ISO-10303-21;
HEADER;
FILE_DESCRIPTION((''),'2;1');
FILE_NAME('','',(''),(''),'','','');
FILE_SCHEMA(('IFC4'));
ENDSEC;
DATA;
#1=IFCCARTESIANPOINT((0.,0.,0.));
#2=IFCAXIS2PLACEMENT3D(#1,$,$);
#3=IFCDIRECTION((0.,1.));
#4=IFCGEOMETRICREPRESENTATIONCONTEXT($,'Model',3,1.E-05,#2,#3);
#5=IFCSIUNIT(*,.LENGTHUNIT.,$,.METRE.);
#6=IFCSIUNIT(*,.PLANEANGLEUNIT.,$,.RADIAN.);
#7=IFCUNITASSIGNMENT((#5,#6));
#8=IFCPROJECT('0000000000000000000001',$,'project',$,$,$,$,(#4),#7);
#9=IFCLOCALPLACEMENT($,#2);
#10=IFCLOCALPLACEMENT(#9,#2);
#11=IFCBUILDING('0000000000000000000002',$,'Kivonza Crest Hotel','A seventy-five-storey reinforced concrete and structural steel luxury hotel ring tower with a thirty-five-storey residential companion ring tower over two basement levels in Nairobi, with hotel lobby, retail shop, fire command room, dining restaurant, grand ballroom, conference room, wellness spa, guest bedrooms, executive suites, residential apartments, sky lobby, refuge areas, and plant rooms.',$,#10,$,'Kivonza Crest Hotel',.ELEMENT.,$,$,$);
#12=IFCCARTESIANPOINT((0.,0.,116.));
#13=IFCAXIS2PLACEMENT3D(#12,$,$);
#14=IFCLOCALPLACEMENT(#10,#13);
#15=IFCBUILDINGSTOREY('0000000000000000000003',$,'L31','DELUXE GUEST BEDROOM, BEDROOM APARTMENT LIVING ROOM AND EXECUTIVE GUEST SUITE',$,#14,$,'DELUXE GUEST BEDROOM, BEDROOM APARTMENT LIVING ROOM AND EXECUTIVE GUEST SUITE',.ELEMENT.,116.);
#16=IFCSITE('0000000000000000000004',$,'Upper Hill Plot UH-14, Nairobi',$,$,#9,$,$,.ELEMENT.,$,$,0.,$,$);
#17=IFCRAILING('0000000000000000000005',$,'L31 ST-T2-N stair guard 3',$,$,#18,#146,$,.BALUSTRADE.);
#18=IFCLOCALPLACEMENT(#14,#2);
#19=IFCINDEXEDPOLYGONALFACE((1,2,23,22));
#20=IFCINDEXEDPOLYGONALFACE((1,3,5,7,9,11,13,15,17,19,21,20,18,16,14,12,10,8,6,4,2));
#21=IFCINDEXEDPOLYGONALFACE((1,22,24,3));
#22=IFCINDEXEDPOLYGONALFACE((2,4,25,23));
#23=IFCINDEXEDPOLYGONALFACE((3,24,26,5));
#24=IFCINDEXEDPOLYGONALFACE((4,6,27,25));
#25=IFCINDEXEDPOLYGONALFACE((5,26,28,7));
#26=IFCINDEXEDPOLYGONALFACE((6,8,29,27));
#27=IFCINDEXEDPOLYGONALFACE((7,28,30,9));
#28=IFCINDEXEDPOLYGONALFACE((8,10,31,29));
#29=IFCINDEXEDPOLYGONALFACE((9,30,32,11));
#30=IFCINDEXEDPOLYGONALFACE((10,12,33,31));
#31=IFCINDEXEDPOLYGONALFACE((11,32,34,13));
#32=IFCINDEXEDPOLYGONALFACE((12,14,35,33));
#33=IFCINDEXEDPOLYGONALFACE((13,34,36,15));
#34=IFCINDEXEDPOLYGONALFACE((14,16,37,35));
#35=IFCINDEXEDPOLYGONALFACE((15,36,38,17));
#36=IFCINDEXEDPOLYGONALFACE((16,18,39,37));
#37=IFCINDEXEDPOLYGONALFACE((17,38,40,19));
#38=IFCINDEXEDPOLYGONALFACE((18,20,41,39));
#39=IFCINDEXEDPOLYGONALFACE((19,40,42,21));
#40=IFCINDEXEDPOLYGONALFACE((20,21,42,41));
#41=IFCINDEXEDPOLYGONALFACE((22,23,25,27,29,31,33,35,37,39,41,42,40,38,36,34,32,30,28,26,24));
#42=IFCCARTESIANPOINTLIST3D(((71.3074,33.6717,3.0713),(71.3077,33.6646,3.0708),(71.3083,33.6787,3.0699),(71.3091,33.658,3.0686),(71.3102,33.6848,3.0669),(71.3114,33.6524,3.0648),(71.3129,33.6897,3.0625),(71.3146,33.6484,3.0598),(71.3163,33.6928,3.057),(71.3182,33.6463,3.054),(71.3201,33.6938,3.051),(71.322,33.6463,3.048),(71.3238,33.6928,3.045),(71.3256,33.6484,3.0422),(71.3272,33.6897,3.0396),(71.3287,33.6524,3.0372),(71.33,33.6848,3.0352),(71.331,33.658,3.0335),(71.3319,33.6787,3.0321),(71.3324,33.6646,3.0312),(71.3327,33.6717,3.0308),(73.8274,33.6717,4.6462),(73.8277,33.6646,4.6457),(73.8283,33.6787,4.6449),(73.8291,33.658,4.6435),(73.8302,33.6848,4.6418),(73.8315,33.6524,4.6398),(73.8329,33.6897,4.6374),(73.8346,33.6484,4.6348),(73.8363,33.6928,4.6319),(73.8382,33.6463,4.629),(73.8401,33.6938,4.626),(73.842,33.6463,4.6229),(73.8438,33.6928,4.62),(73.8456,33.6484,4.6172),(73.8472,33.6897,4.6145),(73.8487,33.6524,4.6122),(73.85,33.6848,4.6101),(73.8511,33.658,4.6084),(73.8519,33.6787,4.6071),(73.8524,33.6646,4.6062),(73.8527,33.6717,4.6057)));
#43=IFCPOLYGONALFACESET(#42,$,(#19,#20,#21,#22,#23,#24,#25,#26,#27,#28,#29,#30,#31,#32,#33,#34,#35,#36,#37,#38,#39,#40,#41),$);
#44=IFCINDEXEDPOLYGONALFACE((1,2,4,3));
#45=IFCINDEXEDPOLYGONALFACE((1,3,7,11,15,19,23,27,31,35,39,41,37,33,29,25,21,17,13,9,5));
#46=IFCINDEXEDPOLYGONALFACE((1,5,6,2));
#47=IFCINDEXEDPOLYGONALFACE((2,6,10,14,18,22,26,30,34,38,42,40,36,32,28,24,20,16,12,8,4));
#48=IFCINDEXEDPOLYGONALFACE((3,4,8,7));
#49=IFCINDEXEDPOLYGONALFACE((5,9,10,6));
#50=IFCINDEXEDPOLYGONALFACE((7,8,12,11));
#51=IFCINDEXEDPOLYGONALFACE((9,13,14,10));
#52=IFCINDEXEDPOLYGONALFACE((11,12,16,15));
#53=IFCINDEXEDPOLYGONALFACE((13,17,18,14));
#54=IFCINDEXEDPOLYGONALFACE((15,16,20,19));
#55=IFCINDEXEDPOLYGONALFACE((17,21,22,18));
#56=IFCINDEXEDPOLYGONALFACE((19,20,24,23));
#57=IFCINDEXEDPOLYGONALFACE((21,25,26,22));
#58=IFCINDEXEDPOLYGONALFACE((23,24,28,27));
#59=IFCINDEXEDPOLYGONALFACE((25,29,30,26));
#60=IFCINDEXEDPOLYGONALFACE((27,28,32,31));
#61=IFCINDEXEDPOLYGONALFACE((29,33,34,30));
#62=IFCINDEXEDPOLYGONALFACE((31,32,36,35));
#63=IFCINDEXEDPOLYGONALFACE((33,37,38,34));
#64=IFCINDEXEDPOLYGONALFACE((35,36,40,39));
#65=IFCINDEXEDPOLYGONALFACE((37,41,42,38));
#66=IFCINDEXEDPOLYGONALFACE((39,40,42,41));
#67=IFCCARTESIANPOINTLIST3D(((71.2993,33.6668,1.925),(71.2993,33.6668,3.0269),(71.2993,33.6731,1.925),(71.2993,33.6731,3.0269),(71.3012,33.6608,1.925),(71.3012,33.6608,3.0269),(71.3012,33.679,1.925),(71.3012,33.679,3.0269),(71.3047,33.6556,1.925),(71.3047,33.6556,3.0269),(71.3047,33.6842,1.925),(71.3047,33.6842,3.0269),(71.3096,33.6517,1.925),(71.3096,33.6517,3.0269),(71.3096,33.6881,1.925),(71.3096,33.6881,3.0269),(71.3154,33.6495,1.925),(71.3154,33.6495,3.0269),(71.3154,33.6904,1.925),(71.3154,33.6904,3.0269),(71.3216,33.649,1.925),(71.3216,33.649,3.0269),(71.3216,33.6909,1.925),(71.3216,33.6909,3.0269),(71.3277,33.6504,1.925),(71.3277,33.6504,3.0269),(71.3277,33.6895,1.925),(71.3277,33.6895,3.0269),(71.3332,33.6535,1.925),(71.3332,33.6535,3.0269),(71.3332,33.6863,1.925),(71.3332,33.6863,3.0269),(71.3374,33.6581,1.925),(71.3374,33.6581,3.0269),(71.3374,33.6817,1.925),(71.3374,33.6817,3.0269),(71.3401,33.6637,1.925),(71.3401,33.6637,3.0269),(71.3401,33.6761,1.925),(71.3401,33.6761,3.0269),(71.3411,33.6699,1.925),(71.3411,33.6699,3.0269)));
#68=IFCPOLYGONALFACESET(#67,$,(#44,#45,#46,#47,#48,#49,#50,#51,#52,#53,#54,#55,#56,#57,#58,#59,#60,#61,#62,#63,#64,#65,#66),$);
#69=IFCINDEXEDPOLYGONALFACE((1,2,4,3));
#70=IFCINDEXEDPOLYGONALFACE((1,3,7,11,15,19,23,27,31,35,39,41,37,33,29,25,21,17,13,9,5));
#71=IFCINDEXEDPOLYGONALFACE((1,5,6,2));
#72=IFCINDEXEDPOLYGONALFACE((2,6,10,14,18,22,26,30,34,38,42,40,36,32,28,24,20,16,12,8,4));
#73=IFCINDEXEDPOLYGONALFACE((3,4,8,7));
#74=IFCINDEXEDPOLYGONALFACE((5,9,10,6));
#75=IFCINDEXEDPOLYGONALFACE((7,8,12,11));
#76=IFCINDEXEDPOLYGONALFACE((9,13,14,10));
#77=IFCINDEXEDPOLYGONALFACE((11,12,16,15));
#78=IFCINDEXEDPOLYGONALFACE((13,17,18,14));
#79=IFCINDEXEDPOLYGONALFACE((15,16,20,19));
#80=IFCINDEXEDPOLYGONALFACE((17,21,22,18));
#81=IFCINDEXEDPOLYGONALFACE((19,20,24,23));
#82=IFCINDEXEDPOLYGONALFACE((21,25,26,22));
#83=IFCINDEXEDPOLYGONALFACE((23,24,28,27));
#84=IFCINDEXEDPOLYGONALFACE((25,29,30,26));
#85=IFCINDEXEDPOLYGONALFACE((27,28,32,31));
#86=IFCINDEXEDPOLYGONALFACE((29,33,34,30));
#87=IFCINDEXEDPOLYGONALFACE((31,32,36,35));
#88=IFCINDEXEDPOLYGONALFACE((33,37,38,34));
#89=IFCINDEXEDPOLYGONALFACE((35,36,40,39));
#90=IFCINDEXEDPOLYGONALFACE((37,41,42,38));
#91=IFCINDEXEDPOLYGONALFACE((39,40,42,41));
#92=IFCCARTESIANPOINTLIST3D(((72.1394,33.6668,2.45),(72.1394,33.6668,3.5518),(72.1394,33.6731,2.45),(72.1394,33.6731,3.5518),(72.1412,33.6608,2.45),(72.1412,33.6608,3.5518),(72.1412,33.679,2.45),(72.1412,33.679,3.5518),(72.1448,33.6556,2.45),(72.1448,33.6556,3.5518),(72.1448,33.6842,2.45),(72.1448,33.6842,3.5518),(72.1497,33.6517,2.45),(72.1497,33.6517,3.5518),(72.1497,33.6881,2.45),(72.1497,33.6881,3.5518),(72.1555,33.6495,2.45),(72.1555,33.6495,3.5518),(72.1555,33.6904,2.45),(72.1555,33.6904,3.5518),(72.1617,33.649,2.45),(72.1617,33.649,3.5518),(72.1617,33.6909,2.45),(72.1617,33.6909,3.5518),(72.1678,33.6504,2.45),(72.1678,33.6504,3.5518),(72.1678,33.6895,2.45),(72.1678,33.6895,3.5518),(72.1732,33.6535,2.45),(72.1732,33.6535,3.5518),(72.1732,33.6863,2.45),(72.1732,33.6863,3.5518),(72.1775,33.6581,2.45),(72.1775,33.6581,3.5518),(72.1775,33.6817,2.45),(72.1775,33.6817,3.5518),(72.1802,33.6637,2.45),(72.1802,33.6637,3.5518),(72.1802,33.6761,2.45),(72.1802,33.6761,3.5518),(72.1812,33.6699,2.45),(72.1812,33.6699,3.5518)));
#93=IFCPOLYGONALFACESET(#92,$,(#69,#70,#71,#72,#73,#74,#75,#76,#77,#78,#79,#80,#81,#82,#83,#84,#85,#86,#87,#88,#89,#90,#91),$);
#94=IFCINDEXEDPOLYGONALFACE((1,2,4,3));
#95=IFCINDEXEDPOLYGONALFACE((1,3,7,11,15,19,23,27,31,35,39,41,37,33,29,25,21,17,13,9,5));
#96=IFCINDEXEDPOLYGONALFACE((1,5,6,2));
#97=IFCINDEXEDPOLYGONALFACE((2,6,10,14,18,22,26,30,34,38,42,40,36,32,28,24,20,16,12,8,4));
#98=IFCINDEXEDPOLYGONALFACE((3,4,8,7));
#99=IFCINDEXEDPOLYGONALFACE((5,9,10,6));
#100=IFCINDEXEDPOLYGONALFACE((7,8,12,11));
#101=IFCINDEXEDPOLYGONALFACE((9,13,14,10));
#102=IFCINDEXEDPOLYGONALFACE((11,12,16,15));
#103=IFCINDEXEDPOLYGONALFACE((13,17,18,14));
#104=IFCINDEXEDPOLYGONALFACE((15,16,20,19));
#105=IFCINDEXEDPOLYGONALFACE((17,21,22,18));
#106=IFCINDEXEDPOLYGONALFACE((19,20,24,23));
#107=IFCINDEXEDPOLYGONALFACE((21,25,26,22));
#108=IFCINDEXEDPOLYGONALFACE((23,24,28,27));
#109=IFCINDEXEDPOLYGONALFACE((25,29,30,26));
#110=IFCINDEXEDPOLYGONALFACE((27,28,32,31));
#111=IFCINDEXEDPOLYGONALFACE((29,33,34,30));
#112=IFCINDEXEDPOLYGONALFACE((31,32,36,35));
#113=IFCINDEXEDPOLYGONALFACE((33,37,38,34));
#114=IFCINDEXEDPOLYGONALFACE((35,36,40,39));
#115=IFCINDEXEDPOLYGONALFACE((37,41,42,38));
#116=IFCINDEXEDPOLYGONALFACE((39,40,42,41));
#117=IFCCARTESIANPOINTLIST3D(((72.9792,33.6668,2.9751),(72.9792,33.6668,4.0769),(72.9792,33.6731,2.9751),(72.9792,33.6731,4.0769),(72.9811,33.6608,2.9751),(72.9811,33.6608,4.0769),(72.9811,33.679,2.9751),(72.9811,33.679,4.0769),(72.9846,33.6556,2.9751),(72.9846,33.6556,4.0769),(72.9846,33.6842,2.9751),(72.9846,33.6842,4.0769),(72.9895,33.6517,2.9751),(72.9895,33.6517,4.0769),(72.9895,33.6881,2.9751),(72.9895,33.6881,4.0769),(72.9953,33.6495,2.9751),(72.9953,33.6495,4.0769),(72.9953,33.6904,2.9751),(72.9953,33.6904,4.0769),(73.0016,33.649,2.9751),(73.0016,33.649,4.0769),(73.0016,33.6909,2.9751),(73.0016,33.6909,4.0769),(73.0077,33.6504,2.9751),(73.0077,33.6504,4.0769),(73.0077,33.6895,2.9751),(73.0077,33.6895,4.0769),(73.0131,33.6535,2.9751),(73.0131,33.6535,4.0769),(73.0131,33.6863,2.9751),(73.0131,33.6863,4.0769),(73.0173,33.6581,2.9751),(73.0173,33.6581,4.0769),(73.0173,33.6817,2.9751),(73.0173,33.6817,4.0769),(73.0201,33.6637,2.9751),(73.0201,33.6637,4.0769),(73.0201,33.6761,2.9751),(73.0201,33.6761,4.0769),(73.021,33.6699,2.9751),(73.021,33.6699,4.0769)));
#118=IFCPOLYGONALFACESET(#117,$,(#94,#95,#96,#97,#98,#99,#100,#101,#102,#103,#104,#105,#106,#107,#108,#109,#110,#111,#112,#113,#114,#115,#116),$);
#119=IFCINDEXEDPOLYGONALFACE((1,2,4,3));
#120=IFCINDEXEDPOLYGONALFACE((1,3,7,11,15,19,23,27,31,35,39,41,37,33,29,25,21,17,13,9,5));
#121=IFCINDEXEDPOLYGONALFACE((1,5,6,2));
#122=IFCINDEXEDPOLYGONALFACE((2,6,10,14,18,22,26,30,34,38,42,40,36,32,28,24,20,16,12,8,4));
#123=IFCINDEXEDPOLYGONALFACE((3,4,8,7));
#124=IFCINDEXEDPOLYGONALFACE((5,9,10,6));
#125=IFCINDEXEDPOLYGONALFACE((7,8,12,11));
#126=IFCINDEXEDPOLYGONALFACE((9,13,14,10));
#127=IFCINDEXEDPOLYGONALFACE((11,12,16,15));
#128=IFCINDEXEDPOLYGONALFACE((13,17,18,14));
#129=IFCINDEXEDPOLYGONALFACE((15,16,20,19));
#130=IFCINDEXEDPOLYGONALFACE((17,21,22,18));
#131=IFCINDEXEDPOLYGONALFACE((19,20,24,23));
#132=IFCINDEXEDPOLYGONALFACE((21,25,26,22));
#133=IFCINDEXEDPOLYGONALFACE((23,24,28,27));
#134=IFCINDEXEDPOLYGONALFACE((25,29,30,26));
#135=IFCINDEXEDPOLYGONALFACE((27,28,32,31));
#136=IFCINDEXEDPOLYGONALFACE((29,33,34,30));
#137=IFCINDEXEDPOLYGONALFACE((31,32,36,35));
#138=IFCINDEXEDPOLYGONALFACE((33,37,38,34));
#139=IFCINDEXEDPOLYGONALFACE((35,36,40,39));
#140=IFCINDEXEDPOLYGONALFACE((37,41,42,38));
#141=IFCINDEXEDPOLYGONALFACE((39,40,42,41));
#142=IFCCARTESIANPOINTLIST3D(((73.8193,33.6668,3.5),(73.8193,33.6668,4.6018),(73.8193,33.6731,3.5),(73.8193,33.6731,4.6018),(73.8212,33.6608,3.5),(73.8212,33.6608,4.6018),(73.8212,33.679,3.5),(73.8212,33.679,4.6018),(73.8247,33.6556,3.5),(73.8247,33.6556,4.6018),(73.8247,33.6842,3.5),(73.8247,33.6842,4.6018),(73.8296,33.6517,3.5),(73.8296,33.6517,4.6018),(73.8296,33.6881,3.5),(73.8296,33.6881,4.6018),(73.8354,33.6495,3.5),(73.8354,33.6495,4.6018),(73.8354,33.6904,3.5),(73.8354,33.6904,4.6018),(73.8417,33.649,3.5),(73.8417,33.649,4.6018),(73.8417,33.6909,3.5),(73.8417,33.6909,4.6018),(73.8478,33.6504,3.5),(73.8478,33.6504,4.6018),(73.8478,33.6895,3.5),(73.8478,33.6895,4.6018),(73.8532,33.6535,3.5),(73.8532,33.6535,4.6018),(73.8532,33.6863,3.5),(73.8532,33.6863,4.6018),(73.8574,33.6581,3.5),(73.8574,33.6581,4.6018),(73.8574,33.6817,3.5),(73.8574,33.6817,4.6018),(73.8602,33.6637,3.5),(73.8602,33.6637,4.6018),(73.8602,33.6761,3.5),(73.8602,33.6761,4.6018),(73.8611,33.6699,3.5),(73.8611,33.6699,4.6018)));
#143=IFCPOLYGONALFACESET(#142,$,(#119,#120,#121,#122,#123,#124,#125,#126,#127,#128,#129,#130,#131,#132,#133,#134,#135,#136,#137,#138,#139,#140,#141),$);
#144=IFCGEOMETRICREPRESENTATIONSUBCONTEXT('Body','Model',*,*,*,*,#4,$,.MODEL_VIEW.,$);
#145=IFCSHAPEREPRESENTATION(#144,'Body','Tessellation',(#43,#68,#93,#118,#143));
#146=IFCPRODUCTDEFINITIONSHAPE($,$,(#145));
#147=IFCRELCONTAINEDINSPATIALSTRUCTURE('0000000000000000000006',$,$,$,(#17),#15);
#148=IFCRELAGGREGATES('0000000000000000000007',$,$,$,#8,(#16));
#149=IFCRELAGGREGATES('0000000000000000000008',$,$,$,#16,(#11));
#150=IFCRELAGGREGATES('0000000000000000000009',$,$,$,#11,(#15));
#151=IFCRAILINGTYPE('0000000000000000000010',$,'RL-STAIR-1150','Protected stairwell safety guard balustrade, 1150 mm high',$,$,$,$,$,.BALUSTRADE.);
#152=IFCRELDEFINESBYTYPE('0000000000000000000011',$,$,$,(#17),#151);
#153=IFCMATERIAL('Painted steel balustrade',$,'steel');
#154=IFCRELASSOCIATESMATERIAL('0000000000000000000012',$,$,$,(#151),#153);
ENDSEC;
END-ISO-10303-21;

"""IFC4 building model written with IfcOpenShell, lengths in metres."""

from ifc_helpers import new_model, si_unit, direction, frame, origin, origin_2d, place, context, subcontext, project, spatial, circle, extrude, material, type_object, element, save


model = new_model("IFC4")

# Units and contexts
model_context = context("Model", 3, precision=1e-05, world=origin(), true_north=direction((0.0, 1.0)))
body_context = subcontext(model_context, "Body", "Model", "MODEL_VIEW")
ifc_project = project(units=[si_unit("LENGTHUNIT", "METRE"), si_unit("PLANEANGLEUNIT", "RADIAN")], contexts=[model_context])

# Site, building, storey
site_placement = place(None, origin())
site = spatial("IfcSite", under=ifc_project, at=site_placement, Name="Upper Hill Plot UH-14, Nairobi", CompositionType="ELEMENT", RefElevation=0.0)
building_placement = place(site_placement, origin())
building = spatial("IfcBuilding", under=site, at=building_placement, Name="Kivonza Crest Hotel", Description="A seventy-five-storey reinforced concrete and structural steel luxury hotel ring tower with a thirty-five-storey residential companion ring tower over two basement levels in Nairobi, with hotel lobby, retail shop, fire command room, dining restaurant, grand ballroom, conference room, wellness spa, guest bedrooms, executive suites, residential apartments, sky lobby, refuge areas, and plant rooms.", LongName="Kivonza Crest Hotel", CompositionType="ELEMENT")
storey_placement = place(building_placement, frame((0.0, 0.0, 116.0)))
storey = spatial("IfcBuildingStorey", under=building, at=storey_placement, Name="L31", Description="DELUXE GUEST BEDROOM, BEDROOM APARTMENT LIVING ROOM AND EXECUTIVE GUEST SUITE", LongName="DELUXE GUEST BEDROOM, BEDROOM APARTMENT LIVING ROOM AND EXECUTIVE GUEST SUITE", CompositionType="ELEMENT", Elevation=116.0)

# Railing
ifc_material_1 = material(Name="Painted steel balustrade", Category="steel")
railing_type_1 = type_object("IfcRailingType", Name="RL-STAIR-1150", Description="Protected stairwell safety guard balustrade, 1150 mm high", PredefinedType="BALUSTRADE", material=ifc_material_1)
railing_1_placement = place(storey_placement, frame((71.3201, 33.6699, 1.925)))
element("IfcRailing", 1, at=railing_1_placement, inside=storey, type_object=railing_type_1, Name="L31 ST-T2-N stair guard 3", PredefinedType="BALUSTRADE", context=body_context, shape_type="SweptSolid", body=[
    extrude(circle(Radius=0.0239, at=origin_2d()), frame((0.0, 0.0, 1.126), z_axis=(0.848008, 0.0, 0.529984), x_axis=(0.0, 1.0, 0.0)), (0.0, 0.0, 1.0), 2.9717),
    extrude(circle(Radius=0.021, at=origin_2d()), origin(), (0.0, 0.0, 1.0), 1.1018),
    extrude(circle(Radius=0.021, at=origin_2d()), frame((0.8401, 0.0, 0.5249)), (0.0, 0.0, 1.0), 1.1018),
    extrude(circle(Radius=0.021, at=origin_2d()), frame((1.6799, 0.0, 1.05)), (0.0, 0.0, 1.0), 1.1018),
    extrude(circle(Radius=0.021, at=origin_2d()), frame((2.52, 0.0, 1.575)), (0.0, 0.0, 1.0), 1.1018),
])

save(model, "model.ifc")
